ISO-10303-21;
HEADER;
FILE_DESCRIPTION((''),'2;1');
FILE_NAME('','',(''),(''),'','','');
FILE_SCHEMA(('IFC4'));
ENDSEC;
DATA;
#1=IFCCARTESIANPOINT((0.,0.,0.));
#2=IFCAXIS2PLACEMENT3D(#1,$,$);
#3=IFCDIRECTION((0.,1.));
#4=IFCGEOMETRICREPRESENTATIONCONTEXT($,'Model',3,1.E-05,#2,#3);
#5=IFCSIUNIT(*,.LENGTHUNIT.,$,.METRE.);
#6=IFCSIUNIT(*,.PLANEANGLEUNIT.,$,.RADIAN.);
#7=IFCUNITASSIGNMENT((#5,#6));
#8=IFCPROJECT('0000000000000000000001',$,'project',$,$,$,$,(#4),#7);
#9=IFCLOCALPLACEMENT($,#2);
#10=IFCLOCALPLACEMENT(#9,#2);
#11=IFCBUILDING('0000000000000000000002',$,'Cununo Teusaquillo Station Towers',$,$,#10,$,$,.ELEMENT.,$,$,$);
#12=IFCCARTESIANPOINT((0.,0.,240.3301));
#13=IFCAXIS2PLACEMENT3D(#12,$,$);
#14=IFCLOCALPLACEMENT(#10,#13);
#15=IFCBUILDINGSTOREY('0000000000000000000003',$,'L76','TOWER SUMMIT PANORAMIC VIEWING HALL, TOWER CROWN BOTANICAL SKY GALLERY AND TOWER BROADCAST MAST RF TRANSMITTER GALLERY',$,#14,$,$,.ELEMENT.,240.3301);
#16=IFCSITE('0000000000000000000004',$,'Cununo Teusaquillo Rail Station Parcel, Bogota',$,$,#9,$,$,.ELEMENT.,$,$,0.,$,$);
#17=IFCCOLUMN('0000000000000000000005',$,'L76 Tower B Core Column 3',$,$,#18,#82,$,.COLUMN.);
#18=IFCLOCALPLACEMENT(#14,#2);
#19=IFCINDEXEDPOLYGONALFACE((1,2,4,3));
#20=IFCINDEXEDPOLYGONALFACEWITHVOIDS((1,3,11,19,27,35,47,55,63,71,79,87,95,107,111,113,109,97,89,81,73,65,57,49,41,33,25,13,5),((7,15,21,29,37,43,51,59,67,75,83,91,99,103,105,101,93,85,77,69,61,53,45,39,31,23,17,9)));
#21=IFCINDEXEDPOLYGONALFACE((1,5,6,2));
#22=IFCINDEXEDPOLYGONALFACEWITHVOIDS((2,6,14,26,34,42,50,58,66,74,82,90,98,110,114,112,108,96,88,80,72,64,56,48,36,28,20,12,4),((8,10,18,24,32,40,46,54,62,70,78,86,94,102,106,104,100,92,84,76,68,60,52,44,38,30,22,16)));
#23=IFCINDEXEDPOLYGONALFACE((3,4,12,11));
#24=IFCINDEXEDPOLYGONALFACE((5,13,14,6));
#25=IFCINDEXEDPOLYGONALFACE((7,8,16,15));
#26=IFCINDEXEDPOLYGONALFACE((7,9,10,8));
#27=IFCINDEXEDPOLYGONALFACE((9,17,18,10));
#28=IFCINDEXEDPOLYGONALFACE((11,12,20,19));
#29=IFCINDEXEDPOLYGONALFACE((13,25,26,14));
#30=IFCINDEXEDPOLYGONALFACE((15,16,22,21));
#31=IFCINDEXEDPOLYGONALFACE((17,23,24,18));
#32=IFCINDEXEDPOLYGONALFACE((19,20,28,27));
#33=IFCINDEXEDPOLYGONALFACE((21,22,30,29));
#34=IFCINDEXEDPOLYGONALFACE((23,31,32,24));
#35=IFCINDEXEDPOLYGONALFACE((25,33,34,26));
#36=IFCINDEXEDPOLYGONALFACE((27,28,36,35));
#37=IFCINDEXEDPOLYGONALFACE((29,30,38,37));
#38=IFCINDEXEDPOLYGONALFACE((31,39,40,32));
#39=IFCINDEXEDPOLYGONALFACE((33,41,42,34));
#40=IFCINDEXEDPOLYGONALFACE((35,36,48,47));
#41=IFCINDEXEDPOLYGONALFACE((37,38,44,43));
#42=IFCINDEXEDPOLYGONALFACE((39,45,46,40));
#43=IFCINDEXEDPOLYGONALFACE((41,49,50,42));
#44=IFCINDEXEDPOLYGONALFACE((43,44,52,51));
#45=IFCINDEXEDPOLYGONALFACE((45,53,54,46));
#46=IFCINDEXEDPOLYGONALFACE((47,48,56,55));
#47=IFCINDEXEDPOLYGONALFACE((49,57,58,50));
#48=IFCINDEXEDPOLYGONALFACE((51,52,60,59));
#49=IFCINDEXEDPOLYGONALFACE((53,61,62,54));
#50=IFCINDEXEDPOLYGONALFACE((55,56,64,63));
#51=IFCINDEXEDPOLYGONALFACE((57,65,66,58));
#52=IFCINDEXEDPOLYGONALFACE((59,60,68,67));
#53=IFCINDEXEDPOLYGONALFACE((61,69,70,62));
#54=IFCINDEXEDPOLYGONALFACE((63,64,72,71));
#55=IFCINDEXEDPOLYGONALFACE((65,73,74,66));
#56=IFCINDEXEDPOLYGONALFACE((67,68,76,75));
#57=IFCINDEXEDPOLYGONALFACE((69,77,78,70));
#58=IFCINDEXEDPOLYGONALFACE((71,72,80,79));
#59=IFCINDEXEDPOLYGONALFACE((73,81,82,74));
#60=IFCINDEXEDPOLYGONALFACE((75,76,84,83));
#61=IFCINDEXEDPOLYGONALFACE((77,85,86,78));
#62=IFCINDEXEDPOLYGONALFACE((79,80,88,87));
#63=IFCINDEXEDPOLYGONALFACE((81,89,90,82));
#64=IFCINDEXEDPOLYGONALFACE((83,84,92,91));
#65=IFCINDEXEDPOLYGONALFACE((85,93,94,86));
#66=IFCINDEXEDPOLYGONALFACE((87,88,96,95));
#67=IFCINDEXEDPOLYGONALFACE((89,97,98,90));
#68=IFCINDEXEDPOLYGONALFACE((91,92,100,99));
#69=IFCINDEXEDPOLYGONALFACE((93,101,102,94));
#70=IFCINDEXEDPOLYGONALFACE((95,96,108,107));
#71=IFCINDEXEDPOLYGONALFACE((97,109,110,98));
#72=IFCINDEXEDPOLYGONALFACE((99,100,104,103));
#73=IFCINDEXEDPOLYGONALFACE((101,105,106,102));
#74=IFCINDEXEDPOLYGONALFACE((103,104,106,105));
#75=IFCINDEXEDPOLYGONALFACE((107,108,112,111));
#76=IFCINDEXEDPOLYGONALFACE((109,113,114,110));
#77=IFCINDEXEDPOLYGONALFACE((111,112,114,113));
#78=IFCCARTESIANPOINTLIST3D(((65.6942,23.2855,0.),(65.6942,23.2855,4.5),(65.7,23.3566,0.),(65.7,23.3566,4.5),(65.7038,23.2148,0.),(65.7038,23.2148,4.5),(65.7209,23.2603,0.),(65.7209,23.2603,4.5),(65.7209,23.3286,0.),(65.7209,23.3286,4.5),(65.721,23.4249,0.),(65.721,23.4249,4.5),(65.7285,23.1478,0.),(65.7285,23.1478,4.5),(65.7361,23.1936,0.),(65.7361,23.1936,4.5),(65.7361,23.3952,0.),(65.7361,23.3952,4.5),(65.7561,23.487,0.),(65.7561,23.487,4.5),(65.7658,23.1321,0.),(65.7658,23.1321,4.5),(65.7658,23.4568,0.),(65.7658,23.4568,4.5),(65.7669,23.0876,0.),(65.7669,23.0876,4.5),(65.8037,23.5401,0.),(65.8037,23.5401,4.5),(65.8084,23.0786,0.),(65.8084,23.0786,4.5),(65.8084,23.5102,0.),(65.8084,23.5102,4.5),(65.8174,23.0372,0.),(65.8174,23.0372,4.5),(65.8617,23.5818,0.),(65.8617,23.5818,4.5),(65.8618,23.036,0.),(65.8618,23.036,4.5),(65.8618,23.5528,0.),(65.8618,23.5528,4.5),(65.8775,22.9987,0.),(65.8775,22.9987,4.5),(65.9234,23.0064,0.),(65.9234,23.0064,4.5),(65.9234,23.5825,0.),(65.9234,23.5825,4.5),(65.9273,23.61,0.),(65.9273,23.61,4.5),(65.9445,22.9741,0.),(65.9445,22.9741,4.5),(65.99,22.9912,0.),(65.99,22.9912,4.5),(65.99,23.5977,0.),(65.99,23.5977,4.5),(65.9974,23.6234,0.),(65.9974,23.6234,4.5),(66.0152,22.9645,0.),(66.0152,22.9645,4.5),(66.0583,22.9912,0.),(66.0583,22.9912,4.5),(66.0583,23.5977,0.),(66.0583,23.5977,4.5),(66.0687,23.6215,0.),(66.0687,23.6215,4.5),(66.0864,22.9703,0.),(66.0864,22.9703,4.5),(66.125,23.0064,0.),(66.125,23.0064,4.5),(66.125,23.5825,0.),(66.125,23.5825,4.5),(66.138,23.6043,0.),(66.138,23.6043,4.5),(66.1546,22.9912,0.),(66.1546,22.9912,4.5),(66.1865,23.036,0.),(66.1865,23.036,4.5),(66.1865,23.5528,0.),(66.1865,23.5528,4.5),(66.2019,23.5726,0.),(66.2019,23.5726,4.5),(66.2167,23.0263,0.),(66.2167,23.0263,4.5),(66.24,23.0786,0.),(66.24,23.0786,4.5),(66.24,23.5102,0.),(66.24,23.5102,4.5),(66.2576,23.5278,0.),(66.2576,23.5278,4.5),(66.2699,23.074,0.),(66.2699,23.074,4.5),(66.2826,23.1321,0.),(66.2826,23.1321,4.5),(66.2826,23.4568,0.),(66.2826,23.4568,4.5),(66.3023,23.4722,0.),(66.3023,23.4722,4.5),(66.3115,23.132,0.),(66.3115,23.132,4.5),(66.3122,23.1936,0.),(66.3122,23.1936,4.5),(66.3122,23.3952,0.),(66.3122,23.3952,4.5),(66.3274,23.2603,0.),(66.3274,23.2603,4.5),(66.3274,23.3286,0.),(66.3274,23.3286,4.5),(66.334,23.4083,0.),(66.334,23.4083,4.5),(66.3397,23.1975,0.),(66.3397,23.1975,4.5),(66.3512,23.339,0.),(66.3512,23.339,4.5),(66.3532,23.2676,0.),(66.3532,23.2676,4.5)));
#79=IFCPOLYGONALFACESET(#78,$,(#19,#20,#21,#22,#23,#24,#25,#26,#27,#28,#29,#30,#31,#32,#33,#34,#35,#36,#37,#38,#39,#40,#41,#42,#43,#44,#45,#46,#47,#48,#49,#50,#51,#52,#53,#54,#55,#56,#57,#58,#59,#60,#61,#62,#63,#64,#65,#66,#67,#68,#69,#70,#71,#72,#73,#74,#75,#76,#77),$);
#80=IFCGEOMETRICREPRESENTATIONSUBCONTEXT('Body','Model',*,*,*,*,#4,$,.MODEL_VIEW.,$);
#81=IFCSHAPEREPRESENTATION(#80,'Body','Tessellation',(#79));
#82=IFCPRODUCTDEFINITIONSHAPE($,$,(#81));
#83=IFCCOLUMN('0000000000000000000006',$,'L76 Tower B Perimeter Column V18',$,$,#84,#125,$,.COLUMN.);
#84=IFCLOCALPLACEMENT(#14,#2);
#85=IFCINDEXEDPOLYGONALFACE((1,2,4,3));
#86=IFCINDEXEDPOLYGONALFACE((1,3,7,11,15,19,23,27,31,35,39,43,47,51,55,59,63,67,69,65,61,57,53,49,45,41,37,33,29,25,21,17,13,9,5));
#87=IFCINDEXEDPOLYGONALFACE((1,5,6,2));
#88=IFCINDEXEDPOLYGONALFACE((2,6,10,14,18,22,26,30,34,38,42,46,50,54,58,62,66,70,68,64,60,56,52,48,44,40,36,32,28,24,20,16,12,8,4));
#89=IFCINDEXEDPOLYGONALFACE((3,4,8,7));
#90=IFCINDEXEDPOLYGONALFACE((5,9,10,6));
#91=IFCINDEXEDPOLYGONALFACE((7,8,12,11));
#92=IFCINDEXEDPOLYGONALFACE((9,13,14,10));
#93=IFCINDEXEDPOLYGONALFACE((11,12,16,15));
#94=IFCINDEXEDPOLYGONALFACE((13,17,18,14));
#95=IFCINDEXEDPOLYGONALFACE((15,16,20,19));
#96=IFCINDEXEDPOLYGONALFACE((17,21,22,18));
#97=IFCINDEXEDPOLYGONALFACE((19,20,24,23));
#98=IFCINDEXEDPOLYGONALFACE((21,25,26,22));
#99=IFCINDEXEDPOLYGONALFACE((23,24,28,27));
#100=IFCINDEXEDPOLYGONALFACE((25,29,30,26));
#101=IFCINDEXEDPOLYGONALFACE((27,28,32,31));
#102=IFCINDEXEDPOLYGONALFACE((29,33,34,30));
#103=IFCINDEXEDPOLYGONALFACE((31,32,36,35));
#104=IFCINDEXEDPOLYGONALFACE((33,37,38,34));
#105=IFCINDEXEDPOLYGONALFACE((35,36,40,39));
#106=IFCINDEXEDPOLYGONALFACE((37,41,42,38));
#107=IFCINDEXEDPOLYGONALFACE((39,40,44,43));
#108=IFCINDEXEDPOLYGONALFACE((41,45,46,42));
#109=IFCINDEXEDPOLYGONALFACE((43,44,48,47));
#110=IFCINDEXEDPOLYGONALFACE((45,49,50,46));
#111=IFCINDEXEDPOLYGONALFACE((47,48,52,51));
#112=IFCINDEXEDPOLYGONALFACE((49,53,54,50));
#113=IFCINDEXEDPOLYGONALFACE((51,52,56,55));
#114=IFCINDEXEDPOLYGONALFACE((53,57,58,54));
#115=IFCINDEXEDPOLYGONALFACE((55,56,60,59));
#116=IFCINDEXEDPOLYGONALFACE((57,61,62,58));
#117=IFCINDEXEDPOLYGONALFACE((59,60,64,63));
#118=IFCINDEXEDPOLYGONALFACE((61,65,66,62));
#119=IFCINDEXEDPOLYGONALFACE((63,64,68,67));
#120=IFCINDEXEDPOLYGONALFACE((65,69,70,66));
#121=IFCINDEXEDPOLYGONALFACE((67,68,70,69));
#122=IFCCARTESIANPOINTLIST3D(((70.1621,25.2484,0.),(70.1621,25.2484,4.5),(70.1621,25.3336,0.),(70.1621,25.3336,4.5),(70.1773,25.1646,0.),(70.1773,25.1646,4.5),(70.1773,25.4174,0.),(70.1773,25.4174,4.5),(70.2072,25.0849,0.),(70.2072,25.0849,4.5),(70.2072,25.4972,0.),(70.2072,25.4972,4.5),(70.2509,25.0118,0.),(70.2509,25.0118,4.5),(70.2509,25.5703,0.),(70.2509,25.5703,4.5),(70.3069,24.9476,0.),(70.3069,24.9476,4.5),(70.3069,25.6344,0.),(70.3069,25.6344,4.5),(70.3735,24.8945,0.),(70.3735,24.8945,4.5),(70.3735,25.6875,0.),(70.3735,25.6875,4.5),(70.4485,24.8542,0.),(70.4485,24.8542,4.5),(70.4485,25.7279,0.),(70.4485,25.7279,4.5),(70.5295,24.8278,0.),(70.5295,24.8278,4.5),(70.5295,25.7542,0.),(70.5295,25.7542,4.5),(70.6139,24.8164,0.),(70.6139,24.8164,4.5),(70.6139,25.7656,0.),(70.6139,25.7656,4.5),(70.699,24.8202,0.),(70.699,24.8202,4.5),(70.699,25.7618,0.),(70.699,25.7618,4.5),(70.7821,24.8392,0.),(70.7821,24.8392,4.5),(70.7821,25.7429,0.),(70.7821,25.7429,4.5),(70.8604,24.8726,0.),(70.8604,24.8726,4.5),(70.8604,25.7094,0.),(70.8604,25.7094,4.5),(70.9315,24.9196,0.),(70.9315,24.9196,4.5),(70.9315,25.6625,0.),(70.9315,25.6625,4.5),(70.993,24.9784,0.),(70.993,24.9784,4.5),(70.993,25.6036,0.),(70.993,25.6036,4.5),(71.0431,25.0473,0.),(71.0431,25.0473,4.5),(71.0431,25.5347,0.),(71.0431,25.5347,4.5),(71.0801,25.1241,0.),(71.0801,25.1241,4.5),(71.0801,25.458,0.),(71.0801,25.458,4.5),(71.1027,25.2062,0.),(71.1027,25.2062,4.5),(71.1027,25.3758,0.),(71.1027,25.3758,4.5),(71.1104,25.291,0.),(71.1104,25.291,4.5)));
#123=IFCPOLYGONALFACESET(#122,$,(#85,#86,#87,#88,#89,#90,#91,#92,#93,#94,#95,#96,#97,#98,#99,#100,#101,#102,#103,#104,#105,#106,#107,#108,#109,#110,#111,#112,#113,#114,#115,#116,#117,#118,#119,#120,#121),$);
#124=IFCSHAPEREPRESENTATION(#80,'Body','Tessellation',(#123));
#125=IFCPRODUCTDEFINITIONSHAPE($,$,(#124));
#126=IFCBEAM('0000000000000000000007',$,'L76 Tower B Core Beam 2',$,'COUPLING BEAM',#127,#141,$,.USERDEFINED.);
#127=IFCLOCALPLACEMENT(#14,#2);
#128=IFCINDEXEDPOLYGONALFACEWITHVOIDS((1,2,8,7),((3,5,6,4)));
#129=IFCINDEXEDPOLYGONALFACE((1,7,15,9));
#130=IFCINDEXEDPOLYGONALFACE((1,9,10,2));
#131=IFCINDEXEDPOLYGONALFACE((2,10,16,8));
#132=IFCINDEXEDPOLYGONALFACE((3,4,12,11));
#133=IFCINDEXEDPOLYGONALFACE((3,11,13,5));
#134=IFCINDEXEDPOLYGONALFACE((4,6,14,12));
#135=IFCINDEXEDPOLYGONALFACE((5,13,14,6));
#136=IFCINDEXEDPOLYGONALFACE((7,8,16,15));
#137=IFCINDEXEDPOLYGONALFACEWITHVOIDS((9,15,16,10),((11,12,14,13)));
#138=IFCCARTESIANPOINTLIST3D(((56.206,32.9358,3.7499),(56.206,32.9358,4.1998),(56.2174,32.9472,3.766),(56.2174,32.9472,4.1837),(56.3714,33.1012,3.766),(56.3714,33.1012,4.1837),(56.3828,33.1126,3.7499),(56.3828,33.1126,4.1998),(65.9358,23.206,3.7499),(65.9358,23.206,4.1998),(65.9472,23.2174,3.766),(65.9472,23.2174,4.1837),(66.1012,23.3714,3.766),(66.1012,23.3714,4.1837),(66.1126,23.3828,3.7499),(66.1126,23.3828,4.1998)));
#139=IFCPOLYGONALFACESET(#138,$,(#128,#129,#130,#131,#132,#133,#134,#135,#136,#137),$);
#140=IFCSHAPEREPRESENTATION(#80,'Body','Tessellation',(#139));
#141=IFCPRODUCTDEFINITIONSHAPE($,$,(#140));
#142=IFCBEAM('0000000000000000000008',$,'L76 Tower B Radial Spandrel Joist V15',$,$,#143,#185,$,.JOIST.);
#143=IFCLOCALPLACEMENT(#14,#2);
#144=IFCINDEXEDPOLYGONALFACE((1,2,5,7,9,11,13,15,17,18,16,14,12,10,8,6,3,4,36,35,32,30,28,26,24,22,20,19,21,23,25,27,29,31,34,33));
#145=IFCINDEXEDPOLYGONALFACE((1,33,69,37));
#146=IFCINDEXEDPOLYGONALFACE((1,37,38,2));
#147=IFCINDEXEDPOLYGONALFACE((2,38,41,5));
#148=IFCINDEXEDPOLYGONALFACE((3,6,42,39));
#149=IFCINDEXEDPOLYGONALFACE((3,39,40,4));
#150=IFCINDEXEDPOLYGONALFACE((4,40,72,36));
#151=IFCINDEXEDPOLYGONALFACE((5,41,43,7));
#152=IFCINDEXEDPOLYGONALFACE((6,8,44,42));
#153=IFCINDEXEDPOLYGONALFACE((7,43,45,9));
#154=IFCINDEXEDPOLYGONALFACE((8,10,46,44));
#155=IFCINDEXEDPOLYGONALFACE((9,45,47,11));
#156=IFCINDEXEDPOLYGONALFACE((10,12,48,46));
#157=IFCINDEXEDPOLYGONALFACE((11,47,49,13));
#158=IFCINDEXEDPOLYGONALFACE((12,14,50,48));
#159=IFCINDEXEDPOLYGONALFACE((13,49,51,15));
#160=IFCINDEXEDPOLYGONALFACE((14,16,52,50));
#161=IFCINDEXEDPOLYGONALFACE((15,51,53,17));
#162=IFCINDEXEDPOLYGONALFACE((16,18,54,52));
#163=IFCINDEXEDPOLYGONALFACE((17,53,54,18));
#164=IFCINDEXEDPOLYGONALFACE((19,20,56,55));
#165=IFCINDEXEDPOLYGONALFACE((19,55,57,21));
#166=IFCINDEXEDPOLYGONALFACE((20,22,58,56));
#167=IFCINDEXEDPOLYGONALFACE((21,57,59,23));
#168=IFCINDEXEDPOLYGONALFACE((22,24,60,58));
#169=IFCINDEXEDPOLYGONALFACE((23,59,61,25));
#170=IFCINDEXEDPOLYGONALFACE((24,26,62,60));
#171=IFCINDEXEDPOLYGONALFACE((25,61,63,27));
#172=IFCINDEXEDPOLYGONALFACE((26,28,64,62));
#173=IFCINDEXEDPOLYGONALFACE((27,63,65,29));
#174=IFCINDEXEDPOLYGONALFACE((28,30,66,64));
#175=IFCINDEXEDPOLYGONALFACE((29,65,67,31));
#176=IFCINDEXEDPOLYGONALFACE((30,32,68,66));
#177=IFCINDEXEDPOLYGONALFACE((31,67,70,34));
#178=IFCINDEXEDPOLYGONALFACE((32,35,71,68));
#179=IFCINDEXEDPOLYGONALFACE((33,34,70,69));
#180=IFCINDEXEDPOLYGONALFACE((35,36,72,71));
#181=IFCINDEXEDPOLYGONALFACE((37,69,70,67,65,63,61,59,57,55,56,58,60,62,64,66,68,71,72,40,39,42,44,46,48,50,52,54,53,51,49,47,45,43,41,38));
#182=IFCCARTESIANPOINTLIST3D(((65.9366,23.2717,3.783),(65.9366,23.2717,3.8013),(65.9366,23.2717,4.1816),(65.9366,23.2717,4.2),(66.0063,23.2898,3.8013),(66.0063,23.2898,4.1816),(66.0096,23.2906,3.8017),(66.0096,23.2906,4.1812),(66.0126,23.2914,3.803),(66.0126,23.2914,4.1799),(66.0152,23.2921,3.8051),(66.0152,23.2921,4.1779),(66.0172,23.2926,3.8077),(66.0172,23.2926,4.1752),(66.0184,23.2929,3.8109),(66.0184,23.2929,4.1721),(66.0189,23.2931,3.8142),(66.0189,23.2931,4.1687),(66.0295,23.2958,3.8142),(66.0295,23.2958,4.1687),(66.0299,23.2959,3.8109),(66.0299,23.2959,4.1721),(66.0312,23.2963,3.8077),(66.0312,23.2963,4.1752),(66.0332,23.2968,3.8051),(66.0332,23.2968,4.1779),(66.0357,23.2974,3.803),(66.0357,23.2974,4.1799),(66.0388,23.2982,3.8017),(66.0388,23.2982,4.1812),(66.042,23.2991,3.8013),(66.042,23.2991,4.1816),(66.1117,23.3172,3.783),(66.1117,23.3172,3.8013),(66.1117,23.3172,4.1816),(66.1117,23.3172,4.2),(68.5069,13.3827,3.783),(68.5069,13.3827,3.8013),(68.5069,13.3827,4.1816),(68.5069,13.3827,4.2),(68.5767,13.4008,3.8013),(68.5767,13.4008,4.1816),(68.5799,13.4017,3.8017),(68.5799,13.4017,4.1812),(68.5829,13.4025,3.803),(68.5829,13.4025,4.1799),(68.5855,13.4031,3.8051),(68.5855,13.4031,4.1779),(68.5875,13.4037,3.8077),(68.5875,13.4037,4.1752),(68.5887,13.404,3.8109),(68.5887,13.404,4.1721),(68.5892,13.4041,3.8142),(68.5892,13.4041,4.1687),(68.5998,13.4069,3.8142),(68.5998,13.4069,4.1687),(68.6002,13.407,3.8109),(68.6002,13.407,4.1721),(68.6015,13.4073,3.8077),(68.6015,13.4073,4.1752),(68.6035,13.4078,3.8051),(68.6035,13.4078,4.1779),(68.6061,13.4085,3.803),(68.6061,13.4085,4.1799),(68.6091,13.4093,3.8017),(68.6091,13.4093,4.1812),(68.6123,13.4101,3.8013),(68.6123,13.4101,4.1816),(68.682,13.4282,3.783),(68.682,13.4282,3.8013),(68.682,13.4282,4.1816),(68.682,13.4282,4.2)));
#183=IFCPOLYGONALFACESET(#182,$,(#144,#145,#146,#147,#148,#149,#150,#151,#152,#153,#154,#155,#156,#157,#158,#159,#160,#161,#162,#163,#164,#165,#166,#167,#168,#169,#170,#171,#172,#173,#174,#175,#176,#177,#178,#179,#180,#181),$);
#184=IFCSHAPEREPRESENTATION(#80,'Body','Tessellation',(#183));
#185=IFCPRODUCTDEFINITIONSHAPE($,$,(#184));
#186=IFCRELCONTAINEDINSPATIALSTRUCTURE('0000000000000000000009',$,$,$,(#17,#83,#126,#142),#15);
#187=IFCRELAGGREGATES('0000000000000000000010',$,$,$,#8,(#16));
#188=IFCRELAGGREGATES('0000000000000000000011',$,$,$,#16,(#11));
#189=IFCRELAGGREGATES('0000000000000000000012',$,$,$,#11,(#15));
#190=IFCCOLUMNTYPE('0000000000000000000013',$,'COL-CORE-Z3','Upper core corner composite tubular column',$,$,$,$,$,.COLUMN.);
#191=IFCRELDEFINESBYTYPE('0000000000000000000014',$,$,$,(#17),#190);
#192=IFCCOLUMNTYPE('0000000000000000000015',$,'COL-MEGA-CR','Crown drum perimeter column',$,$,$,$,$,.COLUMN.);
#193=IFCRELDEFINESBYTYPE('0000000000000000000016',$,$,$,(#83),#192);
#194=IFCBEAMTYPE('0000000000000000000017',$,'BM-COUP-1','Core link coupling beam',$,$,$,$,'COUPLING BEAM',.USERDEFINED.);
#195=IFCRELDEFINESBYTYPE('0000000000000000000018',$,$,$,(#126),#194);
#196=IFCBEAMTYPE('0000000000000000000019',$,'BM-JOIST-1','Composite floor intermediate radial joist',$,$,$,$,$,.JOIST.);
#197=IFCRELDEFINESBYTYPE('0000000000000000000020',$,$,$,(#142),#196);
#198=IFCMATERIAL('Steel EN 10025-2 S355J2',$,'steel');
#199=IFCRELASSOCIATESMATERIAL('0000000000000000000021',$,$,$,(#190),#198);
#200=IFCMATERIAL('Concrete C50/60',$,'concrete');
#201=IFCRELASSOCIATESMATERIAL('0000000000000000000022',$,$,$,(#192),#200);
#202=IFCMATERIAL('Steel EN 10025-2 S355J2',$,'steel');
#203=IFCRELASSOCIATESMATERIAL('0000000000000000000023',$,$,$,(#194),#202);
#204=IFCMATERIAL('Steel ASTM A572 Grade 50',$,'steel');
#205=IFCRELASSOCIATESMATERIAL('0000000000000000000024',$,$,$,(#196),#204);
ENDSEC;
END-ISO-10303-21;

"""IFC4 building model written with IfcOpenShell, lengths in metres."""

from ifc_helpers import new_model, si_unit, direction, frame, origin, origin_2d, place, context, subcontext, project, spatial, hollow_rectangle, circle, hollow_circle, i_section, extrude, material, material_profile, profile_set, type_object, element, save


model = new_model("IFC4")

# Units and contexts
model_context = context("Model", 3, precision=1e-05, world=origin(), true_north=direction((0.0, 1.0)))
body_context = subcontext(model_context, "Body", "Model", "MODEL_VIEW")
ifc_project = project(units=[si_unit("LENGTHUNIT", "METRE"), si_unit("PLANEANGLEUNIT", "RADIAN")], contexts=[model_context])

# Site, building, storey
site_placement = place(None, origin())
site = spatial("IfcSite", under=ifc_project, at=site_placement, Name="Cununo Teusaquillo Rail Station Parcel, Bogota", CompositionType="ELEMENT", RefElevation=0.0)
building_placement = place(site_placement, origin())
building = spatial("IfcBuilding", under=site, at=building_placement, Name="Cununo Teusaquillo Station Towers", CompositionType="ELEMENT")
storey_placement = place(building_placement, frame((0.0, 0.0, 240.3301)))
storey = spatial("IfcBuildingStorey", under=building, at=storey_placement, Name="L76", Description="TOWER SUMMIT PANORAMIC VIEWING HALL, TOWER CROWN BOTANICAL SKY GALLERY AND TOWER BROADCAST MAST RF TRANSMITTER GALLERY", CompositionType="ELEMENT", Elevation=240.3301)

# Columns
ifc_material_1 = material(Name="Steel EN 10025-2 S355J2", Category="steel")
ifc_material_profile_1 = material_profile(ifc_material_1, hollow_circle(Radius=0.3301, WallThickness=0.0249, at=origin_2d()), Name="CHS 660x25")
ifc_profile_set_1 = profile_set([ifc_material_profile_1], Name="Steel EN 10025-2 S355J2")
column_type_1 = type_object("IfcColumnType", Name="COL-CORE-Z3", Description="Upper core corner composite tubular column", PredefinedType="COLUMN", material=ifc_profile_set_1)
column_1_placement = place(storey_placement, frame((66.0242, 23.2944, 0.0), z_axis=(0.0, 0.0, 1.0), x_axis=(0.707107, 0.707107, 0.0)))
element("IfcColumn", 1, at=column_1_placement, inside=storey, type_object=column_type_1, Name="L76 Tower B Core Column 3", PredefinedType="COLUMN", context=body_context, shape_type="SweptSolid", body=[
    extrude(hollow_circle(Radius=0.3301, WallThickness=0.0249, at=origin_2d()), origin(), (0.0, 0.0, 1.0), 4.5),
])
ifc_material_2 = material(Name="Concrete C50/60", Category="concrete")
ifc_material_profile_2 = material_profile(ifc_material_2, circle(Radius=0.4751, at=origin_2d()), Name="RC-CIRC-950")
ifc_profile_set_2 = profile_set([ifc_material_profile_2], Name="Concrete C50/60")
column_type_2 = type_object("IfcColumnType", Name="COL-MEGA-CR", Description="Crown drum perimeter column", PredefinedType="COLUMN", material=ifc_profile_set_2)
column_2_placement = place(storey_placement, frame((70.6353, 25.291, 0.0), z_axis=(0.0, 0.0, 1.0), x_axis=(1.0, 0.0, 0.0)))
element("IfcColumn", 2, at=column_2_placement, inside=storey, type_object=column_type_2, Name="L76 Tower B Perimeter Column V18", PredefinedType="COLUMN", context=body_context, shape_type="SweptSolid", body=[
    extrude(circle(Radius=0.4751, at=origin_2d()), origin(), (0.0, 0.0, 1.0), 4.5),
])

# Beams
ifc_material_3 = material(Name="Steel EN 10025-2 S355J2", Category="steel")
ifc_material_profile_3 = material_profile(ifc_material_3, hollow_rectangle(XDim=0.25, YDim=0.45, WallThickness=0.0161, at=origin_2d()), Name="RHS 450x250x16")
ifc_profile_set_3 = profile_set([ifc_material_profile_3], Name="Steel EN 10025-2 S355J2")
beam_type_1 = type_object("IfcBeamType", Name="BM-COUP-1", Description="Core link coupling beam", ElementType="COUPLING BEAM", PredefinedType="USERDEFINED", material=ifc_profile_set_3)
beam_1_placement = place(storey_placement, frame((66.0242, 23.2944, 3.9749), z_axis=(-0.707107, 0.707107, 0.0), x_axis=(-0.707107, -0.707107, 0.0)))
element("IfcBeam", 3, at=beam_1_placement, inside=storey, type_object=beam_type_1, Name="L76 Tower B Core Beam 2", ObjectType="COUPLING BEAM", PredefinedType="USERDEFINED", context=body_context, shape_type="SweptSolid", body=[
    extrude(hollow_rectangle(XDim=0.25, YDim=0.45, WallThickness=0.0161, at=origin_2d()), origin(), (0.0, 0.0, 1.0), 13.76),
])
ifc_material_4 = material(Name="Steel ASTM A572 Grade 50", Category="steel")
ifc_material_profile_4 = material_profile(ifc_material_4, i_section(OverallWidth=0.1809, OverallDepth=0.417, WebThickness=0.011, FlangeThickness=0.0183, FilletRadius=0.0129, at=origin_2d()), Name="W16X57")
ifc_profile_set_4 = profile_set([ifc_material_profile_4], Name="Steel ASTM A572 Grade 50")
beam_type_2 = type_object("IfcBeamType", Name="BM-JOIST-1", Description="Composite floor intermediate radial joist", PredefinedType="JOIST", material=ifc_profile_set_4)
beam_2_placement = place(storey_placement, frame((66.0242, 23.2944, 3.9915), z_axis=(0.25156, -0.967842, 0.0), x_axis=(0.967842, 0.25156, 0.0)))
element("IfcBeam", 4, at=beam_2_placement, inside=storey, type_object=beam_type_2, Name="L76 Tower B Radial Spandrel Joist V15", PredefinedType="JOIST", context=body_context, shape_type="SweptSolid", body=[
    extrude(i_section(OverallWidth=0.1809, OverallDepth=0.417, WebThickness=0.011, FlangeThickness=0.0183, FilletRadius=0.0129, at=origin_2d()), origin(), (0.0, 0.0, 1.0), 10.2175),
])

save(model, "model.ifc")
